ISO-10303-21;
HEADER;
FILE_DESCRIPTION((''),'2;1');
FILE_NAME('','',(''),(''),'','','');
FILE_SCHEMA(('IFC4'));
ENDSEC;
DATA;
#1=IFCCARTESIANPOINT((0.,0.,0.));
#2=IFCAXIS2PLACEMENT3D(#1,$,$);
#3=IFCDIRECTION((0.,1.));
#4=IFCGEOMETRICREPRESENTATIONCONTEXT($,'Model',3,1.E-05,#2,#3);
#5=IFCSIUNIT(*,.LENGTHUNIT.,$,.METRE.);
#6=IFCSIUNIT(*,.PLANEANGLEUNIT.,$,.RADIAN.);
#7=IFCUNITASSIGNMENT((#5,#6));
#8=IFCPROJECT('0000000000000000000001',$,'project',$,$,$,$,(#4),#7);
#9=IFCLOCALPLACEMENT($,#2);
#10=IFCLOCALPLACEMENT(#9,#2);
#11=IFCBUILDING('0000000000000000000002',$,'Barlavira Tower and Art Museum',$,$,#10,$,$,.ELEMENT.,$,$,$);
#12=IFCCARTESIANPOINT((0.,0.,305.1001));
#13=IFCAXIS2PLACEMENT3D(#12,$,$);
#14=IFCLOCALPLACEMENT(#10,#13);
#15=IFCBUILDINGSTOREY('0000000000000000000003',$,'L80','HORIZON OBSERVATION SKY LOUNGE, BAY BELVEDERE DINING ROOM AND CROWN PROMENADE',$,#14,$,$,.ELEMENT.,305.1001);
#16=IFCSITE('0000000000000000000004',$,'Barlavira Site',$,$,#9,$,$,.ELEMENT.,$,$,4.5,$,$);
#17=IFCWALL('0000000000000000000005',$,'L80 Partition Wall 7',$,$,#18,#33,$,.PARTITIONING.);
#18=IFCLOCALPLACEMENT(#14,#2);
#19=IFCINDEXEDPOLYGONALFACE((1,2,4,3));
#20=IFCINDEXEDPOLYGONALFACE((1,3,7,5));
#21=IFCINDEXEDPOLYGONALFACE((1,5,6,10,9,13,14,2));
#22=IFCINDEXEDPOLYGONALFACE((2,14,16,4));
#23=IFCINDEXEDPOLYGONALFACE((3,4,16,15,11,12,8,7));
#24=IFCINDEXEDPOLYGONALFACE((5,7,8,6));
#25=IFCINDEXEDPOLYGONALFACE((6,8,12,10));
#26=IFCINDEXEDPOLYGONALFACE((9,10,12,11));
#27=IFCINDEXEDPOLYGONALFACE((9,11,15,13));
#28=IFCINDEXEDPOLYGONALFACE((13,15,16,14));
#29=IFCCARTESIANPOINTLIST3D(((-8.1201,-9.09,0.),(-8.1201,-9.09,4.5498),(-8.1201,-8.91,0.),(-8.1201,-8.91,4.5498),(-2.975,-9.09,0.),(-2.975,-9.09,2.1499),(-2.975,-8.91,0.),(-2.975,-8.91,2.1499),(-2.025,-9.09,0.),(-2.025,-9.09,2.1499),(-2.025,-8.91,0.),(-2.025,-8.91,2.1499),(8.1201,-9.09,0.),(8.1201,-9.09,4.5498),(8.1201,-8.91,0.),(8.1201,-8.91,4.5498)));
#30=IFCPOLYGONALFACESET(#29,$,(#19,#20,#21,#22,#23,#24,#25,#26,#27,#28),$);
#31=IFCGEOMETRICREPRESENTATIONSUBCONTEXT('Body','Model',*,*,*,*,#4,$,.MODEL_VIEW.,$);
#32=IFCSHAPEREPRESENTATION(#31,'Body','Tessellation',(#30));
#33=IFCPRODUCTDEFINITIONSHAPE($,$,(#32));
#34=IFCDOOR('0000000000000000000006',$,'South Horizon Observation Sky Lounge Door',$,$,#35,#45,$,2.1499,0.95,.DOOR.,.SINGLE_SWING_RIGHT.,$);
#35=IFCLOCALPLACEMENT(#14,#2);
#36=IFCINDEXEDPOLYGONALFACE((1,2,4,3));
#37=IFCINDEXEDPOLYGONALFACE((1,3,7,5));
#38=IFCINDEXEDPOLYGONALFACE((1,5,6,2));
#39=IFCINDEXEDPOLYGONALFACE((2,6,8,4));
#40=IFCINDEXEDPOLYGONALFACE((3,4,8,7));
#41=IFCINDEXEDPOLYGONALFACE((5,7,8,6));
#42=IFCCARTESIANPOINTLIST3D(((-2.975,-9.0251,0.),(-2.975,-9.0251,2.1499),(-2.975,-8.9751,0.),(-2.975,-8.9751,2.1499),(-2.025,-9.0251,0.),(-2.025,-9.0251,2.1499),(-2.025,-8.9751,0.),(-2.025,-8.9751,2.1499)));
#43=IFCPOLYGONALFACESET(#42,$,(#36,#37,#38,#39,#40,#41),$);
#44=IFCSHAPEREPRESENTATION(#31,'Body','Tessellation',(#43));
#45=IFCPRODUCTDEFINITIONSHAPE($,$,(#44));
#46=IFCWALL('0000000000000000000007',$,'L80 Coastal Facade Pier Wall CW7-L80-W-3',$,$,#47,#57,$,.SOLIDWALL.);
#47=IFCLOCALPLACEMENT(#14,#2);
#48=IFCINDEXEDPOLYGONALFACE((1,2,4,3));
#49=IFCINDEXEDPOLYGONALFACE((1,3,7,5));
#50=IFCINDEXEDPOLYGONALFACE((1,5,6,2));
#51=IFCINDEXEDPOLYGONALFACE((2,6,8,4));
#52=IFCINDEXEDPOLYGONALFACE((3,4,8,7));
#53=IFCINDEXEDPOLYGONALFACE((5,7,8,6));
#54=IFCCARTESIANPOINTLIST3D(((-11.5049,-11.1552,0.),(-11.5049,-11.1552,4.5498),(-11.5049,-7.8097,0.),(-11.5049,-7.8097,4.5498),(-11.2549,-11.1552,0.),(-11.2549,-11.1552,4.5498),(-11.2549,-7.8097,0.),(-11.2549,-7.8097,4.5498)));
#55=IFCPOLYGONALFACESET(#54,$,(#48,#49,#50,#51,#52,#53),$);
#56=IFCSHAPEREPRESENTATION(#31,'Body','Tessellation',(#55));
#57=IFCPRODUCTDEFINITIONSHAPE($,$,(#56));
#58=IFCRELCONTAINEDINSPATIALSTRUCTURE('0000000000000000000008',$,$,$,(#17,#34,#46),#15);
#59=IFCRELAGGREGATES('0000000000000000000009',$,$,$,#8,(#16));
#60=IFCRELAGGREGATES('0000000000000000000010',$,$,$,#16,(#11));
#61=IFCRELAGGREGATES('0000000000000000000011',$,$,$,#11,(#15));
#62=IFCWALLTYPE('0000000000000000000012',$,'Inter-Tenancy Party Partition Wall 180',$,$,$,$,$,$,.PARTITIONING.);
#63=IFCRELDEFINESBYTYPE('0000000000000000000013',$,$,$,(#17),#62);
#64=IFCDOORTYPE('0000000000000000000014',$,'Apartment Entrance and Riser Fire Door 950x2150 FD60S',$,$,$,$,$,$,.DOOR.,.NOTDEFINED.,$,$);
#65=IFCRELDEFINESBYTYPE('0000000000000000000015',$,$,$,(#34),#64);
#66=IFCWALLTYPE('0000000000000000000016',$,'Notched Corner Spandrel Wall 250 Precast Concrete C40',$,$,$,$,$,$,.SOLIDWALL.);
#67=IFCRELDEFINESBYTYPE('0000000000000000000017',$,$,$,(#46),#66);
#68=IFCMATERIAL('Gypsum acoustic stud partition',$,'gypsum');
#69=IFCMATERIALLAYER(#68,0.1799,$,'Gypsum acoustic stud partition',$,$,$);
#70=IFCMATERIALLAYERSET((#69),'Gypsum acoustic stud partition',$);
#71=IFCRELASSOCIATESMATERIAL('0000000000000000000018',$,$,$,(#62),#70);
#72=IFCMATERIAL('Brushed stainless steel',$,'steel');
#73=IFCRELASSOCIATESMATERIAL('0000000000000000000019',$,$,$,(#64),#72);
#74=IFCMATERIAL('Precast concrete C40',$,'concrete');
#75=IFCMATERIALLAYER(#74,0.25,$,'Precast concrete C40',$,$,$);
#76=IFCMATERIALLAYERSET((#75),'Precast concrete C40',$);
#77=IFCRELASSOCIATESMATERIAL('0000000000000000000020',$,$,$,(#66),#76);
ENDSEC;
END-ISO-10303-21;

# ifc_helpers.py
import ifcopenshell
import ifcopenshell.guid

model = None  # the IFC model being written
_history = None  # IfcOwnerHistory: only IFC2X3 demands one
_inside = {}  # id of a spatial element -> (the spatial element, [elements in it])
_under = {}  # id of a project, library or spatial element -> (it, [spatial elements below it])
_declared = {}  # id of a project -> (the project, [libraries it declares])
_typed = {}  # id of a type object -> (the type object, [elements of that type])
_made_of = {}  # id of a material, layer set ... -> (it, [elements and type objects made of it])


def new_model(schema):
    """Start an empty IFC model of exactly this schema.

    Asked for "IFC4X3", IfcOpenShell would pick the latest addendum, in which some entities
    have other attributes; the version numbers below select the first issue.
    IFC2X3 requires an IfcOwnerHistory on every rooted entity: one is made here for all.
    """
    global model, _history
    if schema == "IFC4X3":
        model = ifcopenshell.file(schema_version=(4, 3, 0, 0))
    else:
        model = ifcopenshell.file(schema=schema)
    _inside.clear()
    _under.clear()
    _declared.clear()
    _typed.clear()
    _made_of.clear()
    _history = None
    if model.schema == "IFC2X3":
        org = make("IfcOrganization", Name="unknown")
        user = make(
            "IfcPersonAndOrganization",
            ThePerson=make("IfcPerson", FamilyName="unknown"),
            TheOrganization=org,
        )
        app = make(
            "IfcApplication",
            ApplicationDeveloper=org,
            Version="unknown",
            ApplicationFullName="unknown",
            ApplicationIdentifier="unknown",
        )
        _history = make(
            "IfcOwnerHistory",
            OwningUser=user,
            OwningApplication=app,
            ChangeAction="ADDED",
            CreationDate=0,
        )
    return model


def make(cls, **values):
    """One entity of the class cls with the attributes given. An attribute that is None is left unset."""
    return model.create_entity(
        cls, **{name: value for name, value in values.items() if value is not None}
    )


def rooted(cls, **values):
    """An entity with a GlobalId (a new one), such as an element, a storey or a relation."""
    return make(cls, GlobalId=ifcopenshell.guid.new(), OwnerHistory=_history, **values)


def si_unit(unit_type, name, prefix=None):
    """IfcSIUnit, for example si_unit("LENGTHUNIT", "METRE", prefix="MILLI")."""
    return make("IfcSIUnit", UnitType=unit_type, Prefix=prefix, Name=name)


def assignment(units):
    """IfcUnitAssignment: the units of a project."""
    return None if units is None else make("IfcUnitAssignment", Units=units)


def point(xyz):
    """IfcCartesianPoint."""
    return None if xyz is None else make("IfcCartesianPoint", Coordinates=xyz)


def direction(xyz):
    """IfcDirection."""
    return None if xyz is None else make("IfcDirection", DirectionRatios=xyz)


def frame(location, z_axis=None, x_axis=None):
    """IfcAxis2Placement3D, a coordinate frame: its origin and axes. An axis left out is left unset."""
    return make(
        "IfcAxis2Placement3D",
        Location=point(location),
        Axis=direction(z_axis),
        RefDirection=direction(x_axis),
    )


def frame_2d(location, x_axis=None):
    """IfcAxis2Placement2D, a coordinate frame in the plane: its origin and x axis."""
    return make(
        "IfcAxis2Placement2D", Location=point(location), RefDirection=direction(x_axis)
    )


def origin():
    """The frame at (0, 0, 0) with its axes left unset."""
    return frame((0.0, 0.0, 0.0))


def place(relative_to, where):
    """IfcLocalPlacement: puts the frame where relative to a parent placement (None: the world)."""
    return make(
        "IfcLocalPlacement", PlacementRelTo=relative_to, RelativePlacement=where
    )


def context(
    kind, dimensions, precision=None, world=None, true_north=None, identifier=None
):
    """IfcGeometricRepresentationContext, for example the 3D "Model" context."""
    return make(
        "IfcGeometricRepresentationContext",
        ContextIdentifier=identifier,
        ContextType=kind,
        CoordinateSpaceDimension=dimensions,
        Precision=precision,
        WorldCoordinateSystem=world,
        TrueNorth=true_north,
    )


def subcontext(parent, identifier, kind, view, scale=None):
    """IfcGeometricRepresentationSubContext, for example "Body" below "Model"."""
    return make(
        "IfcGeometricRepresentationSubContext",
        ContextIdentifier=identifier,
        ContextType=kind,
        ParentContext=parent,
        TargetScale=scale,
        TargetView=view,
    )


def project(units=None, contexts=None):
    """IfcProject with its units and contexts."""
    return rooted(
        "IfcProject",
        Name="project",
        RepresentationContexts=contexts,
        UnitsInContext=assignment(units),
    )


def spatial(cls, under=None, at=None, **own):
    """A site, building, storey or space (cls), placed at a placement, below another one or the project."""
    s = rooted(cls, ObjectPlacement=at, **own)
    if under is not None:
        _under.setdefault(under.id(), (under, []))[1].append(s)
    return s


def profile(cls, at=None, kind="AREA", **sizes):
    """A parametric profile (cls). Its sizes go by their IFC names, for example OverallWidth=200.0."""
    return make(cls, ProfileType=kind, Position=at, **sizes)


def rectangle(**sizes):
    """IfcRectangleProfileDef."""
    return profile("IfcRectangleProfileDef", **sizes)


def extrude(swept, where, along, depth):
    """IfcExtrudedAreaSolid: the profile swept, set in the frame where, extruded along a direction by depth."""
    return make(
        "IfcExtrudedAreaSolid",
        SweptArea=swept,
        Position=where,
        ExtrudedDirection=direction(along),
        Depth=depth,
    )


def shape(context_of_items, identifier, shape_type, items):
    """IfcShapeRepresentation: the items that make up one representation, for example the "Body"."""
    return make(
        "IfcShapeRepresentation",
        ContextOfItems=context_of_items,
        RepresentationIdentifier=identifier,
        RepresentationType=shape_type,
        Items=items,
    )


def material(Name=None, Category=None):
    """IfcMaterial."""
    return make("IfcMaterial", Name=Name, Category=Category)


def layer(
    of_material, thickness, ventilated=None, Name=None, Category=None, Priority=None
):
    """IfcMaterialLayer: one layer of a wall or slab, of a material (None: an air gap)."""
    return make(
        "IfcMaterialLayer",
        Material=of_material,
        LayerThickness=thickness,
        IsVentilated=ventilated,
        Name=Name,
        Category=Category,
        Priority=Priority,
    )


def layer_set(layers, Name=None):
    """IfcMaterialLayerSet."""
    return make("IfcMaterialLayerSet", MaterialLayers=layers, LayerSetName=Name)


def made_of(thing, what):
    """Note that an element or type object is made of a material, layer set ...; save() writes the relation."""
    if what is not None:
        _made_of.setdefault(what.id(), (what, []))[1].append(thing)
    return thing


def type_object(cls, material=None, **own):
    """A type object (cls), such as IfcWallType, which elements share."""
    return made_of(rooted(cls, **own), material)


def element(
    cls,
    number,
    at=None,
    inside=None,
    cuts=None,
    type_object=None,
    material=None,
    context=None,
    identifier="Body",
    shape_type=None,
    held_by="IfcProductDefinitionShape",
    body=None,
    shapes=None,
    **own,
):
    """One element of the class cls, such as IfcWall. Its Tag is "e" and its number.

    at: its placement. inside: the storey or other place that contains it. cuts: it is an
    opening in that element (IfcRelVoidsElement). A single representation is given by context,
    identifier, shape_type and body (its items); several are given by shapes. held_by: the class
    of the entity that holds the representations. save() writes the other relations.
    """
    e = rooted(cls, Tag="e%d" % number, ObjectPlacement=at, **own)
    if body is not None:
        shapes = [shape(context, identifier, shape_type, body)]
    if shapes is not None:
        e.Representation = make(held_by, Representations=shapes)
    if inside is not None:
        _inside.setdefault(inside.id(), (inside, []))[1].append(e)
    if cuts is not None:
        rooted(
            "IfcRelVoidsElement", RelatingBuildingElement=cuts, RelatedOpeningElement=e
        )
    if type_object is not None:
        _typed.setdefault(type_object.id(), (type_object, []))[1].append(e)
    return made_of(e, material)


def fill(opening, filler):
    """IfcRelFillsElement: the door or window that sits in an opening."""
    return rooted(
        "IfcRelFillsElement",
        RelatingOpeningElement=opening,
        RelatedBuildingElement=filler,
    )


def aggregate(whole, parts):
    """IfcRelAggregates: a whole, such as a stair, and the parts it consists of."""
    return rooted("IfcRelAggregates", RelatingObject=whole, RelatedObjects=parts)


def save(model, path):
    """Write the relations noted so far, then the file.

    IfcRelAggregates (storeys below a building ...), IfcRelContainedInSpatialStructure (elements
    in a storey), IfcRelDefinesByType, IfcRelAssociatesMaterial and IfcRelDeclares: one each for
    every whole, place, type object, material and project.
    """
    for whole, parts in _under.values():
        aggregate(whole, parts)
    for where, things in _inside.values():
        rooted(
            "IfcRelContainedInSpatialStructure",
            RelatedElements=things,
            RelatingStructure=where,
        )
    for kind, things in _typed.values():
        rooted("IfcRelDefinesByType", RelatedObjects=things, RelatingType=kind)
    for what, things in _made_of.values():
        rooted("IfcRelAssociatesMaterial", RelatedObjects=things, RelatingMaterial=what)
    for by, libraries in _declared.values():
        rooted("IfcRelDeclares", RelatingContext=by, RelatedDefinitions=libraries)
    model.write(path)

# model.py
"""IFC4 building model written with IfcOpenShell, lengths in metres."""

from ifc_helpers import new_model, si_unit, direction, frame, frame_2d, origin, place, context, subcontext, project, spatial, rectangle, extrude, material, layer, layer_set, type_object, element, fill, save


model = new_model("IFC4")

# Units and contexts
model_context = context("Model", 3, precision=1e-05, world=origin(), true_north=direction((0.0, 1.0)))
body_context = subcontext(model_context, "Body", "Model", "MODEL_VIEW")
ifc_project = project(units=[si_unit("LENGTHUNIT", "METRE"), si_unit("PLANEANGLEUNIT", "RADIAN")], contexts=[model_context])

# Site, building, storey
site_placement = place(None, origin())
site = spatial("IfcSite", under=ifc_project, at=site_placement, Name="Barlavira Site", CompositionType="ELEMENT", RefElevation=4.5)
building_placement = place(site_placement, origin())
building = spatial("IfcBuilding", under=site, at=building_placement, Name="Barlavira Tower and Art Museum", CompositionType="ELEMENT")
storey_placement = place(building_placement, frame((0.0, 0.0, 305.1001)))
storey = spatial("IfcBuildingStorey", under=building, at=storey_placement, Name="L80", Description="HORIZON OBSERVATION SKY LOUNGE, BAY BELVEDERE DINING ROOM AND CROWN PROMENADE", CompositionType="ELEMENT", Elevation=305.1001)

# Wall, opening, door
ifc_material_1 = material(Name="Gypsum acoustic stud partition", Category="gypsum")
ifc_layer_1 = layer(ifc_material_1, 0.1799, Name="Gypsum acoustic stud partition")
ifc_layer_set_1 = layer_set([ifc_layer_1], Name="Gypsum acoustic stud partition")
wall_type_1 = type_object("IfcWallType", Name="Inter-Tenancy Party Partition Wall 180", PredefinedType="PARTITIONING", material=ifc_layer_set_1)
wall_1_placement = place(storey_placement, frame((-8.1201, -9.0, 0.0), z_axis=(0.0, 0.0, 1.0), x_axis=(1.0, 0.0, 0.0)))
wall_1 = element("IfcWall", 1, at=wall_1_placement, inside=storey, type_object=wall_type_1, Name="L80 Partition Wall 7", PredefinedType="PARTITIONING", context=body_context, shape_type="SweptSolid", body=[
    extrude(rectangle(XDim=16.2402, YDim=0.1799, at=frame_2d((8.1201, 0.0))), origin(), (0.0, 0.0, 1.0), 4.5498),
])
opening_1_placement = place(wall_1_placement, frame((5.145, 0.0, 0.0)))
opening_1 = element("IfcOpeningElement", 2, at=opening_1_placement, cuts=wall_1, PredefinedType="OPENING", context=body_context, shape_type="SweptSolid", body=[
    extrude(rectangle(XDim=0.95, YDim=2.1499, at=frame_2d((0.4751, 1.075))), frame((0.0, 0.1001, 0.0), z_axis=(0.0, -1.0, 0.0), x_axis=(1.0, 0.0, 0.0)), (0.0, 0.0, 1.0), 0.2),
])
ifc_material_2 = material(Name="Brushed stainless steel", Category="steel")
door_type_1 = type_object("IfcDoorType", Name="Apartment Entrance and Riser Fire Door 950x2150 FD60S", OperationType="NOTDEFINED", PredefinedType="DOOR", material=ifc_material_2)
door_1_placement = place(opening_1_placement, origin())
door_1 = element("IfcDoor", 3, at=door_1_placement, inside=storey, type_object=door_type_1, Name="South Horizon Observation Sky Lounge Door", OperationType="SINGLE_SWING_RIGHT", OverallHeight=2.1499, OverallWidth=0.95, PredefinedType="DOOR", context=body_context, shape_type="SweptSolid", body=[
    extrude(rectangle(XDim=0.95, YDim=2.1499, at=frame_2d((0.4751, 1.075))), frame((0.0, 0.0249, 0.0), z_axis=(0.0, -1.0, 0.0), x_axis=(1.0, 0.0, 0.0)), (0.0, 0.0, 1.0), 0.05),
])
fill(opening_1, door_1)

# Wall
ifc_material_3 = material(Name="Precast concrete C40", Category="concrete")
ifc_layer_2 = layer(ifc_material_3, 0.25, Name="Precast concrete C40")
ifc_layer_set_2 = layer_set([ifc_layer_2], Name="Precast concrete C40")
wall_type_2 = type_object("IfcWallType", Name="Notched Corner Spandrel Wall 250 Precast Concrete C40", PredefinedType="SOLIDWALL", material=ifc_layer_set_2)
wall_2_placement = place(storey_placement, frame((-11.3799, -7.8096, 0.0), z_axis=(0.0, 0.0, 1.0), x_axis=(0.0, -1.0, 0.0)))
element("IfcWall", 4, at=wall_2_placement, inside=storey, type_object=wall_type_2, Name="L80 Coastal Facade Pier Wall CW7-L80-W-3", PredefinedType="SOLIDWALL", context=body_context, shape_type="SweptSolid", body=[
    extrude(rectangle(XDim=3.3455, YDim=0.25, at=frame_2d((1.6729, 0.0))), origin(), (0.0, 0.0, 1.0), 4.5498),
])

save(model, "model.ifc")
